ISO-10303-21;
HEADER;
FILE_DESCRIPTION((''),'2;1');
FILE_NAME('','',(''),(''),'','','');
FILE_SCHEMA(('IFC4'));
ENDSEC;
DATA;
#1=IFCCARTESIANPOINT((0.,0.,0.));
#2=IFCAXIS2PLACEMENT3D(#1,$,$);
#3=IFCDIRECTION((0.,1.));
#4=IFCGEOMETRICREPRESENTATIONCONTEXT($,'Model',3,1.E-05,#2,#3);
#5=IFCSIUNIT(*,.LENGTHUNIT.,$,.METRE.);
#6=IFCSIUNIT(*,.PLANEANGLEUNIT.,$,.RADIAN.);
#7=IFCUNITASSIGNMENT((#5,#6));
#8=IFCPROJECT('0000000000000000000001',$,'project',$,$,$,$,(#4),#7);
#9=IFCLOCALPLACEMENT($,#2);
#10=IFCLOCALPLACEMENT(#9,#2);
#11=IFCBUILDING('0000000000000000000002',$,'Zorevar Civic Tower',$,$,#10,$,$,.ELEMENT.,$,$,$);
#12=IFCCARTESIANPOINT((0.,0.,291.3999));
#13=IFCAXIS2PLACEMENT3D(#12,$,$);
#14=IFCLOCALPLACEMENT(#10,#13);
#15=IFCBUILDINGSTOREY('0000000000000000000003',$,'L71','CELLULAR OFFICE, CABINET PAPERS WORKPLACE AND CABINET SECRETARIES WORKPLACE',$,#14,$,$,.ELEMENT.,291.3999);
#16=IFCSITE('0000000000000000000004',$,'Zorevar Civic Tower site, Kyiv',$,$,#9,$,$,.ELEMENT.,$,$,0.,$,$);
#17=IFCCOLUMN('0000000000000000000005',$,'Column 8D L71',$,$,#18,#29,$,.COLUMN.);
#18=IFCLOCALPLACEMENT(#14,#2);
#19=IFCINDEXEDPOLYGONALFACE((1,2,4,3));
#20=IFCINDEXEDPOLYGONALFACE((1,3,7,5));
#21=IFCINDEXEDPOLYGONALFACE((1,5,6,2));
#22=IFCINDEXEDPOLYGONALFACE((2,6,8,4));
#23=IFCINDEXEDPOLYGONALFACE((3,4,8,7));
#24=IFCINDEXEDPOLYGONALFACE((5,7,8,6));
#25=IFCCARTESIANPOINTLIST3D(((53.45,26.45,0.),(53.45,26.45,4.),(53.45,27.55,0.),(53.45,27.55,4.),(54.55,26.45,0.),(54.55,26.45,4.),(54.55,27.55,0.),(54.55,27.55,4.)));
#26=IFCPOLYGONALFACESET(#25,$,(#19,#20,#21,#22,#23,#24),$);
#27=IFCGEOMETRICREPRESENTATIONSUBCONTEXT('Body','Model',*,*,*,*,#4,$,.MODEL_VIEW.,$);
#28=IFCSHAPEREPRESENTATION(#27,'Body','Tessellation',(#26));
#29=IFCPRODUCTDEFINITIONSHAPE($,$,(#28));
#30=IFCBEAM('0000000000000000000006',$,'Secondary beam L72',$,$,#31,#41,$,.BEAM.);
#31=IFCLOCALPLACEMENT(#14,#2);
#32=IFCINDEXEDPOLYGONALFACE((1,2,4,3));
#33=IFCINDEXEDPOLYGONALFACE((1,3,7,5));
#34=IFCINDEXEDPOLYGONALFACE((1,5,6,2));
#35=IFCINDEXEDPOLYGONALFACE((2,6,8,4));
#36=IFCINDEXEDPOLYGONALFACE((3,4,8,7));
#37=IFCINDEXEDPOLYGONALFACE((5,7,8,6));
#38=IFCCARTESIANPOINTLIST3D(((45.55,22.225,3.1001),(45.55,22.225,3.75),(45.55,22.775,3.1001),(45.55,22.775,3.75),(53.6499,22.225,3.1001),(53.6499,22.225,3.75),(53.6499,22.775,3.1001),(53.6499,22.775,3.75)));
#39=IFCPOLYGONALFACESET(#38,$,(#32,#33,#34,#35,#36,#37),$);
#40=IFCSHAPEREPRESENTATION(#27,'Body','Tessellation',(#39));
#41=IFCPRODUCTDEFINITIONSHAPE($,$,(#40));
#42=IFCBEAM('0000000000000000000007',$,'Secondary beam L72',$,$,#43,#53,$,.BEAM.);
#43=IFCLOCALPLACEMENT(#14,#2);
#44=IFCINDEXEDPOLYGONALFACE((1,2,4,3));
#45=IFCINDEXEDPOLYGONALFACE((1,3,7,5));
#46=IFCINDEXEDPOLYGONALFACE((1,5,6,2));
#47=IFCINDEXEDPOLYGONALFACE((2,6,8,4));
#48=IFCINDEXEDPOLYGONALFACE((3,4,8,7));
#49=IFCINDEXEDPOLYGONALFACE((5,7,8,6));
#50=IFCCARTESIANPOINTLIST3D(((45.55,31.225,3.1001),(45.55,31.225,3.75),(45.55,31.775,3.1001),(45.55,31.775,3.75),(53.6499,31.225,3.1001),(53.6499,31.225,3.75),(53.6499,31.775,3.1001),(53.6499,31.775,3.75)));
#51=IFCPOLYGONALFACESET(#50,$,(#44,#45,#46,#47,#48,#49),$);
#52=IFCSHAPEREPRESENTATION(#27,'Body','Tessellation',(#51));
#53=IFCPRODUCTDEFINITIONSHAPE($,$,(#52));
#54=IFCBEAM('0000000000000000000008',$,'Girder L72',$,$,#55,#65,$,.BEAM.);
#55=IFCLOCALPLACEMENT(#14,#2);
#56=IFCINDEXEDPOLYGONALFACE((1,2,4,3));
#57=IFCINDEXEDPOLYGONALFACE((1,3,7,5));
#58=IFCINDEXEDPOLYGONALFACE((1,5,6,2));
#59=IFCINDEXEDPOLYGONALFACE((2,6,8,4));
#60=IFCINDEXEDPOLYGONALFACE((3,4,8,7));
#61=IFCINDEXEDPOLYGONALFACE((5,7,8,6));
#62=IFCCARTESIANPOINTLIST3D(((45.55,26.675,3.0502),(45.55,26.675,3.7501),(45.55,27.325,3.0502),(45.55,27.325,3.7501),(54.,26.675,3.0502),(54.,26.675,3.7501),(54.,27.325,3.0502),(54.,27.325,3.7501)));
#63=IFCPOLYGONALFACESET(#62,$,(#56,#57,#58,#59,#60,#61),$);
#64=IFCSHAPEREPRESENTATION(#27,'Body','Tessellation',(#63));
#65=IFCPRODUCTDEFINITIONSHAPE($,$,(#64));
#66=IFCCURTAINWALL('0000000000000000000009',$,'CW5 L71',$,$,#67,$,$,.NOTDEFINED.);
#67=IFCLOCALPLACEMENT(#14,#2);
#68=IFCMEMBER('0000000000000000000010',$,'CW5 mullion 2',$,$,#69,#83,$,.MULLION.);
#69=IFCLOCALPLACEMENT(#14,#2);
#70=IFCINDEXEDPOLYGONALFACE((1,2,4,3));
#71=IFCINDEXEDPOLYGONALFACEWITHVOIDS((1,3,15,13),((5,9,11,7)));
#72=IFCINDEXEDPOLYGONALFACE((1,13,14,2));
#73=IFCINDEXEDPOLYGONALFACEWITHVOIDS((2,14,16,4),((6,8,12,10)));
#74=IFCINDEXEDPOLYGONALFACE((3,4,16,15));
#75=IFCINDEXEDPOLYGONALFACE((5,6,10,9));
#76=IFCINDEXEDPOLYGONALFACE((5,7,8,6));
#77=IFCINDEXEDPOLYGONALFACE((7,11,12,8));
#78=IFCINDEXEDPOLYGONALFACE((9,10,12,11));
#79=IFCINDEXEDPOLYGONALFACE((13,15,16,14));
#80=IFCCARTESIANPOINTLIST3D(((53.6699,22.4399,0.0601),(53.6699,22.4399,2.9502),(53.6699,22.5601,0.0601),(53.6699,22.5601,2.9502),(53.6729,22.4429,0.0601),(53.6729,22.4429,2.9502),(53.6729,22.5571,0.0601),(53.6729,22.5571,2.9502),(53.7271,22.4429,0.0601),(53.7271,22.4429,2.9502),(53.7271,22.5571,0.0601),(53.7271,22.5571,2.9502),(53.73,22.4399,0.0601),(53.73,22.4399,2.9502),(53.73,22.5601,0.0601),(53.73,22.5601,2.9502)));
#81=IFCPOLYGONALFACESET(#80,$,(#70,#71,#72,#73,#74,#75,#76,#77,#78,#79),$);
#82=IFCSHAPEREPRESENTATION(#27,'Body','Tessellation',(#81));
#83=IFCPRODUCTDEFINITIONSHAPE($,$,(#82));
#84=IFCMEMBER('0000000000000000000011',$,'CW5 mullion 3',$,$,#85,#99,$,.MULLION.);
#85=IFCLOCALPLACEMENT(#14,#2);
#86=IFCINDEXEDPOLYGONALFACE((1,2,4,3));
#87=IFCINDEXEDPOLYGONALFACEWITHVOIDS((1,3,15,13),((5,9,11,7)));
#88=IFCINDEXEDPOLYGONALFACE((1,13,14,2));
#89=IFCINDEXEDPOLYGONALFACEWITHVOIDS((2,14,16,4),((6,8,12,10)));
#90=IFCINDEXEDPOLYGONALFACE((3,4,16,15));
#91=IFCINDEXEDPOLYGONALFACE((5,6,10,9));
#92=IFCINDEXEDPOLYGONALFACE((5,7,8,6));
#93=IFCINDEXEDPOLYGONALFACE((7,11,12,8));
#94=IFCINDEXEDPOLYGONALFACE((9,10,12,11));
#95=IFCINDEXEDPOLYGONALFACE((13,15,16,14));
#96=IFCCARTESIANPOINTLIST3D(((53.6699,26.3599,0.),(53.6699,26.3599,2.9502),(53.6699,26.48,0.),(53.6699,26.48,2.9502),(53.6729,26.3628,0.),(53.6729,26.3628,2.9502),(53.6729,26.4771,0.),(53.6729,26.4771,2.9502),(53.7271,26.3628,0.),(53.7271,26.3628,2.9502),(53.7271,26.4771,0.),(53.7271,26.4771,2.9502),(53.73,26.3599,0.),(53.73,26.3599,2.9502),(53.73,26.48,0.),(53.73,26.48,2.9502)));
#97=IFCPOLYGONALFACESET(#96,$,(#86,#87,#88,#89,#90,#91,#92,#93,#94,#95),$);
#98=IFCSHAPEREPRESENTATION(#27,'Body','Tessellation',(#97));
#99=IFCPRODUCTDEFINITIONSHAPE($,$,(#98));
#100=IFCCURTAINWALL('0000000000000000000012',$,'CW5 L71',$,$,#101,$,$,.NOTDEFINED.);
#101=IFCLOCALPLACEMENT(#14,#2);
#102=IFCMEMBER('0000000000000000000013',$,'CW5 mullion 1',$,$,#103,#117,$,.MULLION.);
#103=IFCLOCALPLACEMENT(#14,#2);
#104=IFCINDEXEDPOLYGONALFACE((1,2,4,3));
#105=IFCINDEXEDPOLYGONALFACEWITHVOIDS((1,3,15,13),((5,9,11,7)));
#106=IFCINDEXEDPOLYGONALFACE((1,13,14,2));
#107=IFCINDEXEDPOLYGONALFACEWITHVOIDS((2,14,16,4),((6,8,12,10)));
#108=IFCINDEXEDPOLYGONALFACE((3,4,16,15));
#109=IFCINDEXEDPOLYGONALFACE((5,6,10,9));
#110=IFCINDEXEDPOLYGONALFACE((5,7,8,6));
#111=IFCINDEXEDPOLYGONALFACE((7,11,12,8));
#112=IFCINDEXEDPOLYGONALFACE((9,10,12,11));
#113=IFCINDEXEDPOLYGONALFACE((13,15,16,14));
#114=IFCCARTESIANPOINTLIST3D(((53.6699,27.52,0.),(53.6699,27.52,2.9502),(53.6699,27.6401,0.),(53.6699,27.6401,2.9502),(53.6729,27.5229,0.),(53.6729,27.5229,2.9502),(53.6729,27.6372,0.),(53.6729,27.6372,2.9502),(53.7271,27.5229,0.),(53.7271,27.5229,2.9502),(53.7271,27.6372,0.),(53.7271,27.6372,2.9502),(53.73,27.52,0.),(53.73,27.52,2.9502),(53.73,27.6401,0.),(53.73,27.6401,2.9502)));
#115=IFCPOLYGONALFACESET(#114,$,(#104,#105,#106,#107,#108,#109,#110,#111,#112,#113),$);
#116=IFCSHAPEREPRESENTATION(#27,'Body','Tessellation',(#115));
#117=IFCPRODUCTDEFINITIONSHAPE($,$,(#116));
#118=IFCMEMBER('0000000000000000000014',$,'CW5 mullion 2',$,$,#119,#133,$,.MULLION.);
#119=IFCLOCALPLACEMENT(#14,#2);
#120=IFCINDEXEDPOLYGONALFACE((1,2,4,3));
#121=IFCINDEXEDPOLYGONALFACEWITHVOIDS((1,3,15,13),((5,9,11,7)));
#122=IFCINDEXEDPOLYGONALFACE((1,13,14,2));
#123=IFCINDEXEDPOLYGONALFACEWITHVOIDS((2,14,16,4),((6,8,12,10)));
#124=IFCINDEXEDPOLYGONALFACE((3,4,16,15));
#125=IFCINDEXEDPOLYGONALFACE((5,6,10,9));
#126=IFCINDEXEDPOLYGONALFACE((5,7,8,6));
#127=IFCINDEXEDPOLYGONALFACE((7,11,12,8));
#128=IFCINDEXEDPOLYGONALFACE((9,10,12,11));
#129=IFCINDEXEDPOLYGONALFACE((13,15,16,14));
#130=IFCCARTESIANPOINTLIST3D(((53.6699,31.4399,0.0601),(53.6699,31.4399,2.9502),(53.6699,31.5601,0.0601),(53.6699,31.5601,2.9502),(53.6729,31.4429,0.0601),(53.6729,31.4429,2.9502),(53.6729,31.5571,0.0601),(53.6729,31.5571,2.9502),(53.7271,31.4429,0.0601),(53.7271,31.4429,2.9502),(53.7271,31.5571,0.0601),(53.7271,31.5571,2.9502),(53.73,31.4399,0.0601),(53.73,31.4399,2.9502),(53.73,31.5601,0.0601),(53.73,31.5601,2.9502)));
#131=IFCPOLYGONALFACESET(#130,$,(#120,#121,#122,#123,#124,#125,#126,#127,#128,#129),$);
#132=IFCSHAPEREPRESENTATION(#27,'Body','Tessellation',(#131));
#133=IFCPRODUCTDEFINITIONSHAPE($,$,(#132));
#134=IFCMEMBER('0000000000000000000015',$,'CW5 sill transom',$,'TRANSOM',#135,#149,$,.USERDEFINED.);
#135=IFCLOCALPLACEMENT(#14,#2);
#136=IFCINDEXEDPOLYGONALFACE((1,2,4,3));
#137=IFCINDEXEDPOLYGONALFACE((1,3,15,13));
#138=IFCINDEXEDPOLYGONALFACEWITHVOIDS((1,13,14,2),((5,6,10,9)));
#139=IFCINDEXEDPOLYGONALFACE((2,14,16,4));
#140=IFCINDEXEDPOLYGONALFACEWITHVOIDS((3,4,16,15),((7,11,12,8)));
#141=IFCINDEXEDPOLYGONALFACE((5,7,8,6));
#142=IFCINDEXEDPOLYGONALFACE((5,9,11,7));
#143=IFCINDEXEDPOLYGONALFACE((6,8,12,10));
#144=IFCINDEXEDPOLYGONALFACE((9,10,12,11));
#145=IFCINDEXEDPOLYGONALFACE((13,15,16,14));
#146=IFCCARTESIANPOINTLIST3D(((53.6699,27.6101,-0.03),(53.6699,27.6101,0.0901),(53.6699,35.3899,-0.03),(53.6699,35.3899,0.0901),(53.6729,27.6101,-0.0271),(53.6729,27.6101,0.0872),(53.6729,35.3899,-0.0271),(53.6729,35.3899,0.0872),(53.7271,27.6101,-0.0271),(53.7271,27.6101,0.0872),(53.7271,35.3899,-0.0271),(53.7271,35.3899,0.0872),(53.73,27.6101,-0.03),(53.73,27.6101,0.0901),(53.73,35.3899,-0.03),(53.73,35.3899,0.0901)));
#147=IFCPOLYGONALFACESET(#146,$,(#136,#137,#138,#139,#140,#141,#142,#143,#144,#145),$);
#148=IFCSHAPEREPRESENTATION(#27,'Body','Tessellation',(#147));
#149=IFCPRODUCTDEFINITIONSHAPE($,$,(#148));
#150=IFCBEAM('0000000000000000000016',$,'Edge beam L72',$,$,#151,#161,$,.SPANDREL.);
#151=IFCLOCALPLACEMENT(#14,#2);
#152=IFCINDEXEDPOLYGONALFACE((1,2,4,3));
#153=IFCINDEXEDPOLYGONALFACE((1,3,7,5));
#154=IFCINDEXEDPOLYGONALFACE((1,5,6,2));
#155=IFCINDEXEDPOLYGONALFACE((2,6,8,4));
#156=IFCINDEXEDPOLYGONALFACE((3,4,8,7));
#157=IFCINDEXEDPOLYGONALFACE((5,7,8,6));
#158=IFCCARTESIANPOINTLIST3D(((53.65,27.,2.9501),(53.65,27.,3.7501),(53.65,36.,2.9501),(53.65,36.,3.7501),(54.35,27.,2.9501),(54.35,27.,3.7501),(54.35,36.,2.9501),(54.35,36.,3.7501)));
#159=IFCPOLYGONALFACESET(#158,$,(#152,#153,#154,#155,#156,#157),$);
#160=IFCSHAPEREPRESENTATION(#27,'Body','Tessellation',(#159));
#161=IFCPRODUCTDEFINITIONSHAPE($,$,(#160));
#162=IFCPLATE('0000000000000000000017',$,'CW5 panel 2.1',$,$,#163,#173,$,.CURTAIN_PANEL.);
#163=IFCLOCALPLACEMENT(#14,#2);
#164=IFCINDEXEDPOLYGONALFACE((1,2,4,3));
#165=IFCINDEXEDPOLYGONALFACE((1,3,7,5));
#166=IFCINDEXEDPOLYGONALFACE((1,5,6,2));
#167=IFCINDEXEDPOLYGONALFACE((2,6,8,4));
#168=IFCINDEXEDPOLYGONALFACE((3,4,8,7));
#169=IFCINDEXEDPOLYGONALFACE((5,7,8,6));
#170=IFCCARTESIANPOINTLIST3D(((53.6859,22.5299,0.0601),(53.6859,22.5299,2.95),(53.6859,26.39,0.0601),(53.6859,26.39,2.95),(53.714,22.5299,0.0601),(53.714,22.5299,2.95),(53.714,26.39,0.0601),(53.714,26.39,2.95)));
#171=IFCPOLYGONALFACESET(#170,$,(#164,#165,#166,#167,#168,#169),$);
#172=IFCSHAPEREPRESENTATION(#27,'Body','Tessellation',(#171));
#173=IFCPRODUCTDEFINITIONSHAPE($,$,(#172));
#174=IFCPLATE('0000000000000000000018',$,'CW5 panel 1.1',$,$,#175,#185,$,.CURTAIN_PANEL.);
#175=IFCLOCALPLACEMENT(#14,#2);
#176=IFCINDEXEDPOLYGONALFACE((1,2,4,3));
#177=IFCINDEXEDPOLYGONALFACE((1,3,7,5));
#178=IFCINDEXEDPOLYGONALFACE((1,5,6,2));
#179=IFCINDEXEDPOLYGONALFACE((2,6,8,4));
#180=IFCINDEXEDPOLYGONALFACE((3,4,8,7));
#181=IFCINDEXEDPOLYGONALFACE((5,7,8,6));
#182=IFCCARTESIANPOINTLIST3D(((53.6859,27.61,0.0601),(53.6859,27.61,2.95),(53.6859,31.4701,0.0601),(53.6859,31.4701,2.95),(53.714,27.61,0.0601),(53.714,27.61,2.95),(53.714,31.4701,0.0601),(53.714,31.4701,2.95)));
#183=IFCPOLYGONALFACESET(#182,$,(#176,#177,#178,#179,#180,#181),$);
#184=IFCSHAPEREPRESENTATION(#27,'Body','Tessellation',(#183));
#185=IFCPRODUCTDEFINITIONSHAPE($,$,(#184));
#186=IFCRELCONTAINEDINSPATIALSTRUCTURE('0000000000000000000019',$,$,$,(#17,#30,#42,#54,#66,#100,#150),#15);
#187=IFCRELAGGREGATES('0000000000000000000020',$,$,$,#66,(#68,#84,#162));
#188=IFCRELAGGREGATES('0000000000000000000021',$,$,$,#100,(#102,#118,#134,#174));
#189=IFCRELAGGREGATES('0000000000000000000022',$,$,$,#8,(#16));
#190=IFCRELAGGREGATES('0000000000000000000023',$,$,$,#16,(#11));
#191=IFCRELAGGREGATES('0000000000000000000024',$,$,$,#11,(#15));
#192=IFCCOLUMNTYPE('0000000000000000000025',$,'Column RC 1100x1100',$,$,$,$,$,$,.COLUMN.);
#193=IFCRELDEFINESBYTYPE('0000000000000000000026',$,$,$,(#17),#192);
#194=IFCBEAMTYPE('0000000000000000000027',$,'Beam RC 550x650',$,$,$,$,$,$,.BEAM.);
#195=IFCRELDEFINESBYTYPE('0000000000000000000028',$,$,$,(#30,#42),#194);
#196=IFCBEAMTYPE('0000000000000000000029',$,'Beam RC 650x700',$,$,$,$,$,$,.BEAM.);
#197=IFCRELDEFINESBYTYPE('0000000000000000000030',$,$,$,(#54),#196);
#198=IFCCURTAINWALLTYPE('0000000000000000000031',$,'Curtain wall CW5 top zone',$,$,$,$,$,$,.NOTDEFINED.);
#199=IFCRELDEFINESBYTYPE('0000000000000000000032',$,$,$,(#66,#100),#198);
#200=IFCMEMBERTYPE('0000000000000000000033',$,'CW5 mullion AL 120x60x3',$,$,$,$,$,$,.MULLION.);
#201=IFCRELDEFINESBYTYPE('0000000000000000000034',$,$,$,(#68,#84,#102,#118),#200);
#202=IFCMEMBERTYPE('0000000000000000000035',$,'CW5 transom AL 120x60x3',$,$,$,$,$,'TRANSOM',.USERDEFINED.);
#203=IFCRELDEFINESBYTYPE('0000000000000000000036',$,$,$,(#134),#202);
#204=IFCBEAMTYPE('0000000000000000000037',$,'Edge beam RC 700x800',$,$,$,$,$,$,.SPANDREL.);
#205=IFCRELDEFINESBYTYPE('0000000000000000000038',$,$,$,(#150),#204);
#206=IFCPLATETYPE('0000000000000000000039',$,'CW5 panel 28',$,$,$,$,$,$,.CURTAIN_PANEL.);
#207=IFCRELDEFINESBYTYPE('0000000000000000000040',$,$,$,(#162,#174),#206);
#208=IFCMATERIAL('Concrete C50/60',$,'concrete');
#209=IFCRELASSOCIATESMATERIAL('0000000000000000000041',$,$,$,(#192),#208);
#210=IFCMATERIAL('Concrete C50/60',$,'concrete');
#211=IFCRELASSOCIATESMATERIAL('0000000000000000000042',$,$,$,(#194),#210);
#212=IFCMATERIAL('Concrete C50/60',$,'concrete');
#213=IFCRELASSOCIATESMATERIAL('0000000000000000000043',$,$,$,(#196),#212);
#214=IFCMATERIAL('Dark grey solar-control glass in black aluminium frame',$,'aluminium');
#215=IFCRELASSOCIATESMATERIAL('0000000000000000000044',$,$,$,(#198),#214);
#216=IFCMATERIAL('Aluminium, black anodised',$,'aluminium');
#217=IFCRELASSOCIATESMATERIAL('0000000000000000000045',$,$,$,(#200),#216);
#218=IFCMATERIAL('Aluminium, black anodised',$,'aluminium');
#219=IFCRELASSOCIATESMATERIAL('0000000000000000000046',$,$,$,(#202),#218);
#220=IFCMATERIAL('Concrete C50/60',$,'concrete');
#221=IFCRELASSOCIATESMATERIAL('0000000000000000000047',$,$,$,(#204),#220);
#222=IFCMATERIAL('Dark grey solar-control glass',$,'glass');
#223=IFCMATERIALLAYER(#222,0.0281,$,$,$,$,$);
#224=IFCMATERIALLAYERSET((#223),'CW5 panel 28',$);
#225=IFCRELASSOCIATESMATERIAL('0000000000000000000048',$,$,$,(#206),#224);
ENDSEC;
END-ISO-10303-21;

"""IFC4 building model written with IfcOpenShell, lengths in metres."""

from ifc_helpers import new_model, si_unit, direction, frame, origin, origin_2d, place, context, subcontext, project, spatial, rectangle, hollow_rectangle, extrude, material, layer, layer_set, material_profile, profile_set, type_object, element, aggregate, save


model = new_model("IFC4")

# Units and contexts
model_context = context("Model", 3, precision=1e-05, world=origin(), true_north=direction((0.0, 1.0)))
body_context = subcontext(model_context, "Body", "Model", "MODEL_VIEW")
ifc_project = project(units=[si_unit("LENGTHUNIT", "METRE"), si_unit("PLANEANGLEUNIT", "RADIAN")], contexts=[model_context])

# Site, building, storey
site_placement = place(None, origin())
site = spatial("IfcSite", under=ifc_project, at=site_placement, Name="Zorevar Civic Tower site, Kyiv", CompositionType="ELEMENT", RefElevation=0.0)
building_placement = place(site_placement, origin())
building = spatial("IfcBuilding", under=site, at=building_placement, Name="Zorevar Civic Tower", CompositionType="ELEMENT")
storey_placement = place(building_placement, frame((0.0, 0.0, 291.3999)))
storey = spatial("IfcBuildingStorey", under=building, at=storey_placement, Name="L71", Description="CELLULAR OFFICE, CABINET PAPERS WORKPLACE AND CABINET SECRETARIES WORKPLACE", CompositionType="ELEMENT", Elevation=291.3999)

# Column
ifc_material_1 = material(Name="Concrete C50/60", Category="concrete")
ifc_material_profile_1 = material_profile(ifc_material_1, rectangle(XDim=1.1001, YDim=1.1001, at=origin_2d()), Name="RC 1100x1100")
ifc_profile_set_1 = profile_set([ifc_material_profile_1], Name="Concrete C50/60")
column_type = type_object("IfcColumnType", Name="Column RC 1100x1100", PredefinedType="COLUMN", material=ifc_profile_set_1)
column_placement = place(storey_placement, frame((54.0, 27.0, 0.0), z_axis=(0.0, 0.0, 1.0), x_axis=(1.0, 0.0, 0.0)))
element("IfcColumn", 1, at=column_placement, inside=storey, type_object=column_type, Name="Column 8D L71", PredefinedType="COLUMN", context=body_context, shape_type="SweptSolid", body=[
    extrude(rectangle(XDim=1.1001, YDim=1.1001, at=origin_2d()), origin(), (0.0, 0.0, 1.0), 4.0),
])

# Beams
ifc_material_2 = material(Name="Concrete C50/60", Category="concrete")
ifc_material_profile_2 = material_profile(ifc_material_2, rectangle(XDim=0.55, YDim=0.6499, at=origin_2d()), Name="RC 550x650")
ifc_profile_set_2 = profile_set([ifc_material_profile_2], Name="Concrete C50/60")
beam_type_1 = type_object("IfcBeamType", Name="Beam RC 550x650", PredefinedType="BEAM", material=ifc_profile_set_2)
for number, where, z_axis, x_axis, name in (
    (2, (45.55, 22.5, 3.425), (1.0, 0.0, 0.0), (0.0, 1.0, 0.0), "Secondary beam L72"),
    (3, (45.55, 31.5, 3.425), (1.0, 0.0, 0.0), (0.0, 1.0, 0.0), "Secondary beam L72"),
):
    element("IfcBeam", number, at=place(storey_placement, frame(where, z_axis=z_axis, x_axis=x_axis)), inside=storey, type_object=beam_type_1, Name=name, PredefinedType="BEAM", context=body_context, shape_type="SweptSolid", body=[
        extrude(rectangle(XDim=0.55, YDim=0.6499, at=origin_2d()), origin(), (0.0, 0.0, 1.0), 8.0999),
    ])
ifc_material_3 = material(Name="Concrete C50/60", Category="concrete")
ifc_material_profile_3 = material_profile(ifc_material_3, rectangle(XDim=0.6499, YDim=0.7, at=origin_2d()), Name="RC 650x700")
ifc_profile_set_3 = profile_set([ifc_material_profile_3], Name="Concrete C50/60")
beam_type_2 = type_object("IfcBeamType", Name="Beam RC 650x700", PredefinedType="BEAM", material=ifc_profile_set_3)
beam_1_placement = place(storey_placement, frame((45.55, 27.0, 3.4001), z_axis=(1.0, 0.0, 0.0), x_axis=(0.0, 1.0, 0.0)))
element("IfcBeam", 4, at=beam_1_placement, inside=storey, type_object=beam_type_2, Name="Girder L72", PredefinedType="BEAM", context=body_context, shape_type="SweptSolid", body=[
    extrude(rectangle(XDim=0.6499, YDim=0.7, at=origin_2d()), origin(), (0.0, 0.0, 1.0), 8.45),
])

# Curtain walls, members
ifc_material_4 = material(Name="Dark grey solar-control glass in black aluminium frame", Category="aluminium")
curtain_wall_type = type_object("IfcCurtainWallType", Name="Curtain wall CW5 top zone", PredefinedType="NOTDEFINED", material=ifc_material_4)
curtain_wall_1_placement = place(storey_placement, origin())
curtain_wall_1 = element("IfcCurtainWall", 5, at=curtain_wall_1_placement, inside=storey, type_object=curtain_wall_type, Name="CW5 L71", PredefinedType="NOTDEFINED")
ifc_material_5 = material(Name="Aluminium, black anodised", Category="aluminium")
ifc_material_profile_4 = material_profile(ifc_material_5, hollow_rectangle(XDim=0.0601, YDim=0.1201, WallThickness=0.0029, at=origin_2d()), Name="AL 120x60x3")
ifc_profile_set_4 = profile_set([ifc_material_profile_4], Name="Aluminium, black anodised")
member_type_1 = type_object("IfcMemberType", Name="CW5 mullion AL 120x60x3", PredefinedType="MULLION", material=ifc_profile_set_4)
member_1_placement = place(storey_placement, frame((53.7, 22.5, 0.0601), z_axis=(0.0, 0.0, 1.0), x_axis=(-1.0, 0.0, 0.0)))
member_1 = element("IfcMember", 6, at=member_1_placement, type_object=member_type_1, Name="CW5 mullion 2", PredefinedType="MULLION", context=body_context, shape_type="SweptSolid", body=[
    extrude(hollow_rectangle(XDim=0.0601, YDim=0.1201, WallThickness=0.0029, at=origin_2d()), origin(), (0.0, 0.0, 1.0), 2.8901),
])
member_2_placement = place(storey_placement, frame((53.7, 26.4199, 0.0), z_axis=(0.0, 0.0, 1.0), x_axis=(-1.0, 0.0, 0.0)))
member_2 = element("IfcMember", 7, at=member_2_placement, type_object=member_type_1, Name="CW5 mullion 3", PredefinedType="MULLION", context=body_context, shape_type="SweptSolid", body=[
    extrude(hollow_rectangle(XDim=0.0601, YDim=0.1201, WallThickness=0.0029, at=origin_2d()), origin(), (0.0, 0.0, 1.0), 2.9502),
])
curtain_wall_2_placement = place(storey_placement, origin())
curtain_wall_2 = element("IfcCurtainWall", 8, at=curtain_wall_2_placement, inside=storey, type_object=curtain_wall_type, Name="CW5 L71", PredefinedType="NOTDEFINED")
member_3_placement = place(storey_placement, frame((53.7, 27.5801, 0.0), z_axis=(0.0, 0.0, 1.0), x_axis=(-1.0, 0.0, 0.0)))
member_3 = element("IfcMember", 9, at=member_3_placement, type_object=member_type_1, Name="CW5 mullion 1", PredefinedType="MULLION", context=body_context, shape_type="SweptSolid", body=[
    extrude(hollow_rectangle(XDim=0.0601, YDim=0.1201, WallThickness=0.0029, at=origin_2d()), origin(), (0.0, 0.0, 1.0), 2.9502),
])
member_4_placement = place(storey_placement, frame((53.7, 31.5, 0.0601), z_axis=(0.0, 0.0, 1.0), x_axis=(-1.0, 0.0, 0.0)))
member_4 = element("IfcMember", 10, at=member_4_placement, type_object=member_type_1, Name="CW5 mullion 2", PredefinedType="MULLION", context=body_context, shape_type="SweptSolid", body=[
    extrude(hollow_rectangle(XDim=0.0601, YDim=0.1201, WallThickness=0.0029, at=origin_2d()), origin(), (0.0, 0.0, 1.0), 2.8901),
])
ifc_material_6 = material(Name="Aluminium, black anodised", Category="aluminium")
ifc_material_profile_5 = material_profile(ifc_material_6, hollow_rectangle(XDim=0.0601, YDim=0.1201, WallThickness=0.0029, at=origin_2d()), Name="AL 120x60x3")
ifc_profile_set_5 = profile_set([ifc_material_profile_5], Name="Aluminium, black anodised")
member_type_2 = type_object("IfcMemberType", Name="CW5 transom AL 120x60x3", ElementType="TRANSOM", PredefinedType="USERDEFINED", material=ifc_profile_set_5)
member_5_placement = place(storey_placement, frame((53.7, 27.6101, 0.03), z_axis=(0.0, 1.0, 0.0), x_axis=(-1.0, 0.0, 0.0)))
member_5 = element("IfcMember", 11, at=member_5_placement, type_object=member_type_2, Name="CW5 sill transom", ObjectType="TRANSOM", PredefinedType="USERDEFINED", context=body_context, shape_type="SweptSolid", body=[
    extrude(hollow_rectangle(XDim=0.0601, YDim=0.1201, WallThickness=0.0029, at=origin_2d()), origin(), (0.0, 0.0, 1.0), 7.7798),
])

# Beam
ifc_material_7 = material(Name="Concrete C50/60", Category="concrete")
ifc_material_profile_6 = material_profile(ifc_material_7, rectangle(XDim=0.7, YDim=0.8, at=origin_2d()), Name="RC 700x800")
ifc_profile_set_6 = profile_set([ifc_material_profile_6], Name="Concrete C50/60")
beam_type_3 = type_object("IfcBeamType", Name="Edge beam RC 700x800", PredefinedType="SPANDREL", material=ifc_profile_set_6)
beam_2_placement = place(storey_placement, frame((54.0, 27.0, 3.3501), z_axis=(0.0, 1.0, 0.0), x_axis=(-1.0, 0.0, 0.0)))
element("IfcBeam", 12, at=beam_2_placement, inside=storey, type_object=beam_type_3, Name="Edge beam L72", PredefinedType="SPANDREL", context=body_context, shape_type="SweptSolid", body=[
    extrude(rectangle(XDim=0.7, YDim=0.8, at=origin_2d()), origin(), (0.0, 0.0, 1.0), 9.0),
])

# Plates
ifc_material_8 = material(Name="Dark grey solar-control glass", Category="glass")
ifc_layer_1 = layer(ifc_material_8, 0.0281)
ifc_layer_set_1 = layer_set([ifc_layer_1], Name="CW5 panel 28")
plate_type = type_object("IfcPlateType", Name="CW5 panel 28", PredefinedType="CURTAIN_PANEL", material=ifc_layer_set_1)
plate_1_placement = place(storey_placement, frame((53.7, 24.46, 0.0601), z_axis=(0.0, 0.0, 1.0), x_axis=(0.0, 1.0, 0.0)))
plate_1 = element("IfcPlate", 13, at=plate_1_placement, type_object=plate_type, Name="CW5 panel 2.1", PredefinedType="CURTAIN_PANEL", context=body_context, shape_type="SweptSolid", body=[
    extrude(rectangle(XDim=3.8601, YDim=0.0281, at=origin_2d()), origin(), (0.0, 0.0, 1.0), 2.8899),
])
aggregate(curtain_wall_1, [member_1, member_2, plate_1])
plate_2_placement = place(storey_placement, frame((53.7, 29.54, 0.0601), z_axis=(0.0, 0.0, 1.0), x_axis=(0.0, 1.0, 0.0)))
plate_2 = element("IfcPlate", 14, at=plate_2_placement, type_object=plate_type, Name="CW5 panel 1.1", PredefinedType="CURTAIN_PANEL", context=body_context, shape_type="SweptSolid", body=[
    extrude(rectangle(XDim=3.8601, YDim=0.0281, at=origin_2d()), origin(), (0.0, 0.0, 1.0), 2.8899),
])
aggregate(curtain_wall_2, [member_3, member_4, member_5, plate_2])

save(model, "model.ifc")
